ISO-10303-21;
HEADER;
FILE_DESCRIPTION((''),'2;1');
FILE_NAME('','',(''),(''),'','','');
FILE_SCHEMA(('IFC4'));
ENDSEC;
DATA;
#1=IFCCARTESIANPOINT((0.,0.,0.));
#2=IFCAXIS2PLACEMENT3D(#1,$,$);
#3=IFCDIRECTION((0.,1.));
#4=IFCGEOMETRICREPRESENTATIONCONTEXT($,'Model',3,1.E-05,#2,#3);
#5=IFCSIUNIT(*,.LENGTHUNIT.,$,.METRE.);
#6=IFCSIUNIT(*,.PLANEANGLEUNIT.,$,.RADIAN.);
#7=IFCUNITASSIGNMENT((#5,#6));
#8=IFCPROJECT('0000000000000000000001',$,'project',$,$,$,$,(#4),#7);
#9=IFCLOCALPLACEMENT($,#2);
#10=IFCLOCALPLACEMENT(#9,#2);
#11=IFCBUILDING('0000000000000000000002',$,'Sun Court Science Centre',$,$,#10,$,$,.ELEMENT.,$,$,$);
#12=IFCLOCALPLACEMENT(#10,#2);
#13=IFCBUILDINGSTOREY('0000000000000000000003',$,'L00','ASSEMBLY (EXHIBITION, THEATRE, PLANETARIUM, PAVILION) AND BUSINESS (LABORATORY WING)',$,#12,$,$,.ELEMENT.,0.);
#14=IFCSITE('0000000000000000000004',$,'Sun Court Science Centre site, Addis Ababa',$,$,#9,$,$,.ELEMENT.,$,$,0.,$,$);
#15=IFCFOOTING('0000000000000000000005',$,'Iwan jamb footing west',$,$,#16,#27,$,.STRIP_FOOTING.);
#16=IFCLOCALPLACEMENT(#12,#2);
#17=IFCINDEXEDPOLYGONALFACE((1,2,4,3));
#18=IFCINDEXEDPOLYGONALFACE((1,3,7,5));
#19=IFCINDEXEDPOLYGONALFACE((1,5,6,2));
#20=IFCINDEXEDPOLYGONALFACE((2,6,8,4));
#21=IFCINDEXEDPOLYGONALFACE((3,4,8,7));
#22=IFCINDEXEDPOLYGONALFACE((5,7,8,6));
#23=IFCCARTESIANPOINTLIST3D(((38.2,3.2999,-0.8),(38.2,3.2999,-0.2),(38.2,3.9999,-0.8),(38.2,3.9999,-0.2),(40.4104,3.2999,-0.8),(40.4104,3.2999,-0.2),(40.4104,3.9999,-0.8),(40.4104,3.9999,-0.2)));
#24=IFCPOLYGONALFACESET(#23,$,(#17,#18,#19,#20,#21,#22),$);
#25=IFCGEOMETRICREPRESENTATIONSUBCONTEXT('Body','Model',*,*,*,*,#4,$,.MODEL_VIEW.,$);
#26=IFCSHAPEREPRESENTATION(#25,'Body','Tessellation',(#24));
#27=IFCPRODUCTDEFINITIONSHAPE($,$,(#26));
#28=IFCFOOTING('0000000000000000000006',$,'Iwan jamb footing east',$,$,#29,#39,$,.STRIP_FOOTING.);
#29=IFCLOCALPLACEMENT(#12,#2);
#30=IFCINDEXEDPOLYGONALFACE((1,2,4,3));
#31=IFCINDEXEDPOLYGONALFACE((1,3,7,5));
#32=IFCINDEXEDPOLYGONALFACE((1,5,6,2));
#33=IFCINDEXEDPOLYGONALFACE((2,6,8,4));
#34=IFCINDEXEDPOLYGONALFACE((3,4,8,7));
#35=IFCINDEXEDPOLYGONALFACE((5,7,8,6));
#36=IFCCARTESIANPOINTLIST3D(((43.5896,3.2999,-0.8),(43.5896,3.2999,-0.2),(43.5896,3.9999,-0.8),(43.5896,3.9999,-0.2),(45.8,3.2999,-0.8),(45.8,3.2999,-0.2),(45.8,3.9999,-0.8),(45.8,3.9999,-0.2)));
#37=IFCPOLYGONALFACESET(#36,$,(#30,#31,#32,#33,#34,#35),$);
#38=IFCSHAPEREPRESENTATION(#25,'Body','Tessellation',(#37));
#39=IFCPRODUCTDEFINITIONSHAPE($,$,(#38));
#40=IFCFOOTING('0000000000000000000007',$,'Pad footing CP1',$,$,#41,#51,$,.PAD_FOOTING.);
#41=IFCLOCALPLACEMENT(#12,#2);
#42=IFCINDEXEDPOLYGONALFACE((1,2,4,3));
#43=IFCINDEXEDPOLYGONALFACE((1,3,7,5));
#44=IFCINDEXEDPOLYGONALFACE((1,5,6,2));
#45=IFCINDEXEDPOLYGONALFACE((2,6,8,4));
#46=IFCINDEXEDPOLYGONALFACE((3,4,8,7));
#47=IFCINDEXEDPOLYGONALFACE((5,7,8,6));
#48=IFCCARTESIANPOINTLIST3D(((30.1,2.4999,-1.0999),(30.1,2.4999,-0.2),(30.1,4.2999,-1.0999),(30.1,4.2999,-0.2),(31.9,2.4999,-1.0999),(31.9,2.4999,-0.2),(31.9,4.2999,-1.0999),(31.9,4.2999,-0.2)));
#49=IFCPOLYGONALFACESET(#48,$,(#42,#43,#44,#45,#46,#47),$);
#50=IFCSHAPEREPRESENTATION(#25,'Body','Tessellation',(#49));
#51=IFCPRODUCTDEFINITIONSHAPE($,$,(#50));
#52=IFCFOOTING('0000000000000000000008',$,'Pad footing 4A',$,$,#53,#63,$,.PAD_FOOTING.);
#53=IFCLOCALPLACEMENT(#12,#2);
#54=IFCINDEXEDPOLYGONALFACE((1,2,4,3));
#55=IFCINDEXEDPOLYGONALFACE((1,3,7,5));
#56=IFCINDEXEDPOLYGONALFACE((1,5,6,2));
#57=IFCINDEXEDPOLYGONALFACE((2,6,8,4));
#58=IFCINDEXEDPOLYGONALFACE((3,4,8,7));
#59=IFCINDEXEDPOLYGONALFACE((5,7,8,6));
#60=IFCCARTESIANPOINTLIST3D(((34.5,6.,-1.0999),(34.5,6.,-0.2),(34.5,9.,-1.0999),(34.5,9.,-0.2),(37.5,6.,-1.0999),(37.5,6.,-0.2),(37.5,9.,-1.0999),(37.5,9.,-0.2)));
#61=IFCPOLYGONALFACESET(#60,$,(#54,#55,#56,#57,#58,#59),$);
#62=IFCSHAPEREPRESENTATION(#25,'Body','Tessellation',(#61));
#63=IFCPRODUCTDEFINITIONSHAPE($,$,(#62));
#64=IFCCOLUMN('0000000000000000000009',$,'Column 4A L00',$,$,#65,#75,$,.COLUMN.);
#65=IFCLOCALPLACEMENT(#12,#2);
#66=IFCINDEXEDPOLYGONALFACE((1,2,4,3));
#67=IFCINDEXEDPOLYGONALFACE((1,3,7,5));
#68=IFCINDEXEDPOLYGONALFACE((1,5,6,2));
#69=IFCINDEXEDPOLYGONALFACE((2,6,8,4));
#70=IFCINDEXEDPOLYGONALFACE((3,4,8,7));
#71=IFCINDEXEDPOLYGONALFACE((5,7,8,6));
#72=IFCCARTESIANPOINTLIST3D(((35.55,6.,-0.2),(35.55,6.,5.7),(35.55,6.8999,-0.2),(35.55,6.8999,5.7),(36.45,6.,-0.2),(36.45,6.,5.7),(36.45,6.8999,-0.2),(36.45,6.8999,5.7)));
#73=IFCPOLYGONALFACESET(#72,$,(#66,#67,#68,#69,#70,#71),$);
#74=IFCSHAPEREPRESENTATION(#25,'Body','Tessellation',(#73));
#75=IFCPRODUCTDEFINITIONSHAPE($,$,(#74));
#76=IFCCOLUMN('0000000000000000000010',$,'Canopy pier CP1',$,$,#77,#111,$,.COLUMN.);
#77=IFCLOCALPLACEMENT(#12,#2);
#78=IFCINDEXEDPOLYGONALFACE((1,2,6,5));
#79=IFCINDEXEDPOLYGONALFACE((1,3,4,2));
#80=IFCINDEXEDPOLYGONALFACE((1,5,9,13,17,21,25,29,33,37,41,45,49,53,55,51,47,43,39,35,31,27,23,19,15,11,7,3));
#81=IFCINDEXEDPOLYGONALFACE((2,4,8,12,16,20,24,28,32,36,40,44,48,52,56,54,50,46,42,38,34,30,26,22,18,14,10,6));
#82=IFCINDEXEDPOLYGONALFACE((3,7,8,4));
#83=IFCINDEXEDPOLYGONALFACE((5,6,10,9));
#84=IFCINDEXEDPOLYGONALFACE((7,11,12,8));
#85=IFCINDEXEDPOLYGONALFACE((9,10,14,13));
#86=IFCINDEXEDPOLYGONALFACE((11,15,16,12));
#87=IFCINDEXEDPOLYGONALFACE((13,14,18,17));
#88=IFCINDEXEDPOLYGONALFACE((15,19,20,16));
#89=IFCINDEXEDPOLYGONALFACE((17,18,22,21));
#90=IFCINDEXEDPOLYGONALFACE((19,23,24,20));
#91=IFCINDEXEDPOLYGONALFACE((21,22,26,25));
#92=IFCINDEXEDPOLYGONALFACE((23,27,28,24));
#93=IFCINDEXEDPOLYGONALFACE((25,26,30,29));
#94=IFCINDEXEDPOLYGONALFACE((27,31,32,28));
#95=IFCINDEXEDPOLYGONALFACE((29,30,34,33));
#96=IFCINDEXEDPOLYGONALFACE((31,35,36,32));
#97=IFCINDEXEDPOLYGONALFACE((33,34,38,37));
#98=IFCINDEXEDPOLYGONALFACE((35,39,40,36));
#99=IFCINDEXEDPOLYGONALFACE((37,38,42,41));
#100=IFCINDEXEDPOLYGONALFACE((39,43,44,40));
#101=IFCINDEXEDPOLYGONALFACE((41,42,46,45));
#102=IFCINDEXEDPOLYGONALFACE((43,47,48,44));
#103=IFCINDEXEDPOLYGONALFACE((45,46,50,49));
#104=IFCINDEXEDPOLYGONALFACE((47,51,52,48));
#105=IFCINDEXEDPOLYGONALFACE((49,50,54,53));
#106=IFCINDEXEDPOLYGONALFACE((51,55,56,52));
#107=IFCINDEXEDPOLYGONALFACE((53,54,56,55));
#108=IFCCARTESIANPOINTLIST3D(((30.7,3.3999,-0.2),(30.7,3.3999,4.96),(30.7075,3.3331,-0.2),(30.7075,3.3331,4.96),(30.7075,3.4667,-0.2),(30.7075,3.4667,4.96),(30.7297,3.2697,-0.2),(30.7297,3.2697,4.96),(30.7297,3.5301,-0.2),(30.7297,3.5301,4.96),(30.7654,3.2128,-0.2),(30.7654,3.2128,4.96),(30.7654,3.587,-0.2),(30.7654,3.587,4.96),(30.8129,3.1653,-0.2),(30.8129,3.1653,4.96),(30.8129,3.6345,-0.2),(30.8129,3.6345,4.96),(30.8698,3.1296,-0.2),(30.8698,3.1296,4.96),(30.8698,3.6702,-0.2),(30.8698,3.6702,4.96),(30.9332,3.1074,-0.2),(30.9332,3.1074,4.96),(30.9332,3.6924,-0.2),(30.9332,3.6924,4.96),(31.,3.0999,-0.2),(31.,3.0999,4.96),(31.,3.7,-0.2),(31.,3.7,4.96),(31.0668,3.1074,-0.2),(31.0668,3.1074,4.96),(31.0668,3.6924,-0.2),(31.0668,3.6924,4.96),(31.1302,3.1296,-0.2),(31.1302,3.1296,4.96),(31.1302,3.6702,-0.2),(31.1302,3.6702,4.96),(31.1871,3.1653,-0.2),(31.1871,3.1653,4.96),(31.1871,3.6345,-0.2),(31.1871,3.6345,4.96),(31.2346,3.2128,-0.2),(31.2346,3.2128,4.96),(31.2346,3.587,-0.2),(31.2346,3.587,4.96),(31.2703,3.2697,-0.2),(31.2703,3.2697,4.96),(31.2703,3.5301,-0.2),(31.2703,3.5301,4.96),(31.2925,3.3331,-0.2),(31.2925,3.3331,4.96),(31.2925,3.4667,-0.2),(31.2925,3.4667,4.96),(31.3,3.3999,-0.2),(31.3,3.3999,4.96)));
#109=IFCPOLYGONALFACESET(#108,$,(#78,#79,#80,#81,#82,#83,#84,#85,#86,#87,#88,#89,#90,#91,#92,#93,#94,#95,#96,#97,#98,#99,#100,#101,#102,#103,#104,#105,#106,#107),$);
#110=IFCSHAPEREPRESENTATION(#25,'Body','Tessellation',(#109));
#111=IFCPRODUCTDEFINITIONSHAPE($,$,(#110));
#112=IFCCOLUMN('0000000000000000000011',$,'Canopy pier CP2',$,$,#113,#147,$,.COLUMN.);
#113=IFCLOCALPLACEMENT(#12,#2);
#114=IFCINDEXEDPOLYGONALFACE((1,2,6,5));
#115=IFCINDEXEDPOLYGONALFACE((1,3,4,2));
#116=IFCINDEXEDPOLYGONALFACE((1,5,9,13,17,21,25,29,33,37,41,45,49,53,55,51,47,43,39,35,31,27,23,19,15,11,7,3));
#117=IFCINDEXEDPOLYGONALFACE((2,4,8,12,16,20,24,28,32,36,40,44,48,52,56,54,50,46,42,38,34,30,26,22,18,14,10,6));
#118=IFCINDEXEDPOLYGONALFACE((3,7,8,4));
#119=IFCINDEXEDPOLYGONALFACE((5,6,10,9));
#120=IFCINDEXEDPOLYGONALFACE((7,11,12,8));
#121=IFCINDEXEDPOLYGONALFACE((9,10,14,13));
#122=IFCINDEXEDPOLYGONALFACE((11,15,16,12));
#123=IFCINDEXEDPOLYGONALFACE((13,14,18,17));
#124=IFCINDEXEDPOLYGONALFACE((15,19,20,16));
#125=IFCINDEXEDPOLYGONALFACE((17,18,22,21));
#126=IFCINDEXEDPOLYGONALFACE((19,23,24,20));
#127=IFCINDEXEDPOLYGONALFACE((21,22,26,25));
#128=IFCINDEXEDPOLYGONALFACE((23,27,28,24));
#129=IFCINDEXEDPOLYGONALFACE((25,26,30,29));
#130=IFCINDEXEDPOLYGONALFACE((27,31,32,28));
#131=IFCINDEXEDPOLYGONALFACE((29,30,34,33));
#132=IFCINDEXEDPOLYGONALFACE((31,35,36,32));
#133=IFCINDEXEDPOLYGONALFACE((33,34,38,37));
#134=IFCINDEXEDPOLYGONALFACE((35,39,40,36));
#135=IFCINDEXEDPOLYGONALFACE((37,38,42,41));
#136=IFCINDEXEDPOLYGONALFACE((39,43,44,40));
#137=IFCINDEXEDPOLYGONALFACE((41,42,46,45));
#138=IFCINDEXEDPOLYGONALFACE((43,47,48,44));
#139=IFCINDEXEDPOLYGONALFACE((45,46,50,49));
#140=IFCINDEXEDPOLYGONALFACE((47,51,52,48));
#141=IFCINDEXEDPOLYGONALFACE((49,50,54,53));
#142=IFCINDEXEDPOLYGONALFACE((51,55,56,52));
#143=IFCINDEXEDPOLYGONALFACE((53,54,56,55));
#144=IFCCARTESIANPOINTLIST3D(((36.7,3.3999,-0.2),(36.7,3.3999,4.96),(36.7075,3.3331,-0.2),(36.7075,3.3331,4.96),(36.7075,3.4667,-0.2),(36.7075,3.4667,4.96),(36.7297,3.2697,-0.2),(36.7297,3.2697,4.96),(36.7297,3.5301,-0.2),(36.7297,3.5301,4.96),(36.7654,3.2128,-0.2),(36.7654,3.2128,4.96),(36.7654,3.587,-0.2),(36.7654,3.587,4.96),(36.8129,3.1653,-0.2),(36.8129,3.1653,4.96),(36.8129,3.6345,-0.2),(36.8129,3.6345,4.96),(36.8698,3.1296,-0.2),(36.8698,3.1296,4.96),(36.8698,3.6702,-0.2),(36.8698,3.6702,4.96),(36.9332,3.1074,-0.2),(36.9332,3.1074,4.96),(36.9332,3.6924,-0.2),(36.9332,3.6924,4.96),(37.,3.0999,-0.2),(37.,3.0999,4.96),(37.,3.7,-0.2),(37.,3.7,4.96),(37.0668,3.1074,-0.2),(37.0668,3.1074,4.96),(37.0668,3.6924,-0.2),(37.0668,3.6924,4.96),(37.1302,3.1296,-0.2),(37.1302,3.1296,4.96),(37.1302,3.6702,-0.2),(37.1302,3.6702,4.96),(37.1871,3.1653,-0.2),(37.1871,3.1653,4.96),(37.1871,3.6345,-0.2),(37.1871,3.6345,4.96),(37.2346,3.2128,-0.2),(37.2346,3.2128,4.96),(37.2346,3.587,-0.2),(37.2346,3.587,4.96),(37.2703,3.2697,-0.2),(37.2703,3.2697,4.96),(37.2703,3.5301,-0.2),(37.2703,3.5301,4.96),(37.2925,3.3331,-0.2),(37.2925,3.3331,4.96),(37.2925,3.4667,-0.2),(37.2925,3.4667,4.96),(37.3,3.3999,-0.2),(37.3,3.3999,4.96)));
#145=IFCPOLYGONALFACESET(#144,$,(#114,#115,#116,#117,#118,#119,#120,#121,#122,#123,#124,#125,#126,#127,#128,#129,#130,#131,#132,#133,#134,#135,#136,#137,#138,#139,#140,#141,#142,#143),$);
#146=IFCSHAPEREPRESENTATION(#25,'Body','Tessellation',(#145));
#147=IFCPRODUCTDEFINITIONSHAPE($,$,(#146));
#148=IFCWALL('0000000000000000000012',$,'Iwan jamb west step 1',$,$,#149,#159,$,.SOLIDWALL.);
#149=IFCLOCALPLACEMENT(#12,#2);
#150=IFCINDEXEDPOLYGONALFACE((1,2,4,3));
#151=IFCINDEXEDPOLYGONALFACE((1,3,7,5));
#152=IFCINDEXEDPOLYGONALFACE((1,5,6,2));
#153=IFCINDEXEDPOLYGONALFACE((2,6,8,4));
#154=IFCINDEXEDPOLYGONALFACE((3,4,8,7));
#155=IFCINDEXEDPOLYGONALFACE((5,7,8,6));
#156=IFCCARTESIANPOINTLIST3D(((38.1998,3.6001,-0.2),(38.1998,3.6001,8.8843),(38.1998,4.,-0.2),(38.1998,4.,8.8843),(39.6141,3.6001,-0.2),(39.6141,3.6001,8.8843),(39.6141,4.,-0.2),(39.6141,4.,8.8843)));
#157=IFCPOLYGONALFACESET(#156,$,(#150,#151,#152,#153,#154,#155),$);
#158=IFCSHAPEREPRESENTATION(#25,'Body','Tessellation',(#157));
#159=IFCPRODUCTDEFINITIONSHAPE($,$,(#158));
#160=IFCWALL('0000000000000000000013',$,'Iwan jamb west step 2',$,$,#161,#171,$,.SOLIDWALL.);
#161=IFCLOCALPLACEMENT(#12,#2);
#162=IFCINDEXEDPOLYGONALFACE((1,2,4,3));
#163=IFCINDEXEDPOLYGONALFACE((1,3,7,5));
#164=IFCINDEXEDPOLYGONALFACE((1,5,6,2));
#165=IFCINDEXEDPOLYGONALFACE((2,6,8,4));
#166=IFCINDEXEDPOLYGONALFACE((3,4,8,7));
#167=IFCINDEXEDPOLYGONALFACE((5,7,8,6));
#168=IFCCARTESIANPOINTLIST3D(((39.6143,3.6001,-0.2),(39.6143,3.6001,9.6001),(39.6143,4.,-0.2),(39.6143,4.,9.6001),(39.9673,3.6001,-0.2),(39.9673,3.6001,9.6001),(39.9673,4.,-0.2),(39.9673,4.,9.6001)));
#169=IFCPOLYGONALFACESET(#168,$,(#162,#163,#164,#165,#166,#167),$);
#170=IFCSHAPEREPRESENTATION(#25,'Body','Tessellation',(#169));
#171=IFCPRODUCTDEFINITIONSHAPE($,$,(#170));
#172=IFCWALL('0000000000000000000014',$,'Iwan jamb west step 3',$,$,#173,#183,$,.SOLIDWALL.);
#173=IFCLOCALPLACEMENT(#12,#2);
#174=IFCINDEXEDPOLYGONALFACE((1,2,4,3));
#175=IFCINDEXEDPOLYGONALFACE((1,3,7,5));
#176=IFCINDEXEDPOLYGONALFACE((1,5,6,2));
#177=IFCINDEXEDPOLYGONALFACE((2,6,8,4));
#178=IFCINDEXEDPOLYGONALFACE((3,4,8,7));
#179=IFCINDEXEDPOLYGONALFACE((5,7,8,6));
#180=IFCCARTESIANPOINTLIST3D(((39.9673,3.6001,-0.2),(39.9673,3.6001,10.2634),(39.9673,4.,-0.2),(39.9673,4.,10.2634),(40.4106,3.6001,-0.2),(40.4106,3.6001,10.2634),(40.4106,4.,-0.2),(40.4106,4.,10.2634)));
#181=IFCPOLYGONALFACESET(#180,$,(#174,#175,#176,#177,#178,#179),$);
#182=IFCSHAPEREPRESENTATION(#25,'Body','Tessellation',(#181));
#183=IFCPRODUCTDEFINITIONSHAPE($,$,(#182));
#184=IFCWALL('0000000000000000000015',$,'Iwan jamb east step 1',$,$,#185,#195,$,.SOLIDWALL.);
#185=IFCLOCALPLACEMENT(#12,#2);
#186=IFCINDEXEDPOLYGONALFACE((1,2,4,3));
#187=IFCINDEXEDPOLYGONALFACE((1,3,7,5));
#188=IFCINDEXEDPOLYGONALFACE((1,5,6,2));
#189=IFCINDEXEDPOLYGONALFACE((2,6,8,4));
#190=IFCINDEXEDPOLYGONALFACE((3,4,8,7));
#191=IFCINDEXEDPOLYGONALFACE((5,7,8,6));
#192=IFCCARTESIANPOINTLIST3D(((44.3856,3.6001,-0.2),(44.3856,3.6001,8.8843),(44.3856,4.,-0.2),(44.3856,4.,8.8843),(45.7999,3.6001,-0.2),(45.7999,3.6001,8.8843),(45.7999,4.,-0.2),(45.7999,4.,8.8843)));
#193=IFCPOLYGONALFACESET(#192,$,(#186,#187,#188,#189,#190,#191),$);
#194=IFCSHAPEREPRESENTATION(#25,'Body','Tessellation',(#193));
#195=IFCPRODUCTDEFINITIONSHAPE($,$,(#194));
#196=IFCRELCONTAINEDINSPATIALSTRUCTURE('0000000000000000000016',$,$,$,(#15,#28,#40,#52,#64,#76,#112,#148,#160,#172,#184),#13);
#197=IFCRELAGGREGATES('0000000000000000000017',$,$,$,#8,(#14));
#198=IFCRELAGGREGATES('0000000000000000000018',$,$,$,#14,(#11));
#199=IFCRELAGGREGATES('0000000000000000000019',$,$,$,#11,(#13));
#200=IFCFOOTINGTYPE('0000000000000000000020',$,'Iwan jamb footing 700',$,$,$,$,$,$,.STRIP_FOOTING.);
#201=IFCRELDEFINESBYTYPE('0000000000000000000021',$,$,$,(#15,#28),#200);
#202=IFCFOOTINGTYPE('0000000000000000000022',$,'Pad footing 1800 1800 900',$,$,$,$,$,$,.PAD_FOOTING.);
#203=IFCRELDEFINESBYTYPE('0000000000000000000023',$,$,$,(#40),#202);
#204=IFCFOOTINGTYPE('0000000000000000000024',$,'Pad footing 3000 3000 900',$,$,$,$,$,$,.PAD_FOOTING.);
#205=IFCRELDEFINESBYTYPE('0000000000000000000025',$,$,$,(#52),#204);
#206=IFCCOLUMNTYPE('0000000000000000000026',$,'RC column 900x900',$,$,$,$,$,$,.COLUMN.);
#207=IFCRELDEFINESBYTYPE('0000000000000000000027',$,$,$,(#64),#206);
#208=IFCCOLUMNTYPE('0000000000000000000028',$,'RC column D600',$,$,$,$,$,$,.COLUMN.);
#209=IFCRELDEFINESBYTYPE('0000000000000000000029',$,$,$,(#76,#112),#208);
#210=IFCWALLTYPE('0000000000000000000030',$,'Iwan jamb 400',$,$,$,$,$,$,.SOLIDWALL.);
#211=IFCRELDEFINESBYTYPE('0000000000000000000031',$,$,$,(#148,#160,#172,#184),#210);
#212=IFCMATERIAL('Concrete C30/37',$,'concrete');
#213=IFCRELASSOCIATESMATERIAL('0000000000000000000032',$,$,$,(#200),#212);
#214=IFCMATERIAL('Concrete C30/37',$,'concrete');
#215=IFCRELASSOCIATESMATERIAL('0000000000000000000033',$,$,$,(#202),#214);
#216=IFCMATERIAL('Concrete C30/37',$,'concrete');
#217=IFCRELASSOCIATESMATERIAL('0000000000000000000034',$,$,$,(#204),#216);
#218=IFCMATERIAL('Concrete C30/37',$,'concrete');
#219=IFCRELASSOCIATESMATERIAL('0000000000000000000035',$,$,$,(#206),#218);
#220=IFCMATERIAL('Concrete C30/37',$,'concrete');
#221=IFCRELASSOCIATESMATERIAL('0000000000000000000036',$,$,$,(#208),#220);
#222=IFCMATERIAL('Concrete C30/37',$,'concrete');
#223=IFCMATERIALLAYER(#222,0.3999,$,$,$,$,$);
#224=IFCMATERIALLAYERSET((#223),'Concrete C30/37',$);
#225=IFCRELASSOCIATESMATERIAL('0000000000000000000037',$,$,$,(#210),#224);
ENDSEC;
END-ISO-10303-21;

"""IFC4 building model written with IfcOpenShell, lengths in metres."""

from ifc_helpers import new_model, si_unit, direction, frame, frame_2d, origin, origin_2d, place, context, subcontext, project, spatial, rectangle, circle, extrude, material, layer, layer_set, material_profile, profile_set, type_object, element, save


model = new_model("IFC4")

# Units and contexts
model_context = context("Model", 3, precision=1e-05, world=origin(), true_north=direction((0.0, 1.0)))
body_context = subcontext(model_context, "Body", "Model", "MODEL_VIEW")
ifc_project = project(units=[si_unit("LENGTHUNIT", "METRE"), si_unit("PLANEANGLEUNIT", "RADIAN")], contexts=[model_context])

# Site, building, storey
site_placement = place(None, origin())
site = spatial("IfcSite", under=ifc_project, at=site_placement, Name="Sun Court Science Centre site, Addis Ababa", CompositionType="ELEMENT", RefElevation=0.0)
building_placement = place(site_placement, origin())
building = spatial("IfcBuilding", under=site, at=building_placement, Name="Sun Court Science Centre", CompositionType="ELEMENT")
storey_placement = place(building_placement, origin())
storey = spatial("IfcBuildingStorey", under=building, at=storey_placement, Name="L00", Description="ASSEMBLY (EXHIBITION, THEATRE, PLANETARIUM, PAVILION) AND BUSINESS (LABORATORY WING)", CompositionType="ELEMENT", Elevation=0.0)

# Footings
ifc_material_1 = material(Name="Concrete C30/37", Category="concrete")
footing_type_1 = type_object("IfcFootingType", Name="Iwan jamb footing 700", PredefinedType="STRIP_FOOTING", material=ifc_material_1)
for number, where, z_axis, x_axis, name in (
    (1, (39.3052, 3.6499, -0.8), (0.0, 0.0, 1.0), (1.0, 0.0, 0.0), "Iwan jamb footing west"),
    (2, (44.6948, 3.6499, -0.8), (0.0, 0.0, 1.0), (1.0, 0.0, 0.0), "Iwan jamb footing east"),
):
    element("IfcFooting", number, at=place(storey_placement, frame(where, z_axis=z_axis, x_axis=x_axis)), inside=storey, type_object=footing_type_1, Name=name, PredefinedType="STRIP_FOOTING", context=body_context, shape_type="SweptSolid", body=[
        extrude(rectangle(XDim=2.2104, YDim=0.7, at=origin_2d()), origin(), (0.0, 0.0, 1.0), 0.6001),
    ])
ifc_material_2 = material(Name="Concrete C30/37", Category="concrete")
footing_type_2 = type_object("IfcFootingType", Name="Pad footing 1800 1800 900", PredefinedType="PAD_FOOTING", material=ifc_material_2)
footing_1_placement = place(storey_placement, frame((31.0, 3.3999, -1.0999), z_axis=(0.0, 0.0, 1.0), x_axis=(1.0, 0.0, 0.0)))
element("IfcFooting", 3, at=footing_1_placement, inside=storey, type_object=footing_type_2, Name="Pad footing CP1", PredefinedType="PAD_FOOTING", context=body_context, shape_type="SweptSolid", body=[
    extrude(rectangle(XDim=1.8, YDim=1.8, at=origin_2d()), origin(), (0.0, 0.0, 1.0), 0.8999),
])
ifc_material_3 = material(Name="Concrete C30/37", Category="concrete")
footing_type_3 = type_object("IfcFootingType", Name="Pad footing 3000 3000 900", PredefinedType="PAD_FOOTING", material=ifc_material_3)
footing_2_placement = place(storey_placement, frame((36.0, 7.5, -1.0999), z_axis=(0.0, 0.0, 1.0), x_axis=(1.0, 0.0, 0.0)))
element("IfcFooting", 4, at=footing_2_placement, inside=storey, type_object=footing_type_3, Name="Pad footing 4A", PredefinedType="PAD_FOOTING", context=body_context, shape_type="SweptSolid", body=[
    extrude(rectangle(XDim=3.0, YDim=3.0, at=origin_2d()), origin(), (0.0, 0.0, 1.0), 0.8999),
])

# Columns
ifc_material_4 = material(Name="Concrete C30/37", Category="concrete")
ifc_material_profile_1 = material_profile(ifc_material_4, rectangle(XDim=0.8999, YDim=0.8999, at=origin_2d()), Name="RC 900x900")
ifc_profile_set_1 = profile_set([ifc_material_profile_1], Name="Concrete C30/37")
column_type_1 = type_object("IfcColumnType", Name="RC column 900x900", PredefinedType="COLUMN", material=ifc_profile_set_1)
column_placement = place(storey_placement, frame((36.0, 6.45, -0.2), z_axis=(0.0, 0.0, 1.0), x_axis=(1.0, 0.0, 0.0)))
element("IfcColumn", 5, at=column_placement, inside=storey, type_object=column_type_1, Name="Column 4A L00", PredefinedType="COLUMN", context=body_context, shape_type="SweptSolid", body=[
    extrude(rectangle(XDim=0.8999, YDim=0.8999, at=origin_2d()), origin(), (0.0, 0.0, 1.0), 5.8999),
])
ifc_material_5 = material(Name="Concrete C30/37", Category="concrete")
ifc_material_profile_2 = material_profile(ifc_material_5, circle(Radius=0.3, at=origin_2d()), Name="RC D600")
ifc_profile_set_2 = profile_set([ifc_material_profile_2], Name="Concrete C30/37")
column_type_2 = type_object("IfcColumnType", Name="RC column D600", PredefinedType="COLUMN", material=ifc_profile_set_2)
for number, where, z_axis, x_axis, name in (
    (6, (31.0, 3.3999, -0.2), (0.0, 0.0, 1.0), (1.0, 0.0, 0.0), "Canopy pier CP1"),
    (7, (37.0, 3.3999, -0.2), (0.0, 0.0, 1.0), (1.0, 0.0, 0.0), "Canopy pier CP2"),
):
    element("IfcColumn", number, at=place(storey_placement, frame(where, z_axis=z_axis, x_axis=x_axis)), inside=storey, type_object=column_type_2, Name=name, PredefinedType="COLUMN", context=body_context, shape_type="SweptSolid", body=[
        extrude(circle(Radius=0.3, at=origin_2d()), origin(), (0.0, 0.0, 1.0), 5.1599),
    ])

# Walls
ifc_material_6 = material(Name="Concrete C30/37", Category="concrete")
ifc_layer_1 = layer(ifc_material_6, 0.3999)
ifc_layer_set_1 = layer_set([ifc_layer_1], Name="Concrete C30/37")
wall_type_1 = type_object("IfcWallType", Name="Iwan jamb 400", PredefinedType="SOLIDWALL", material=ifc_layer_set_1)
wall_1_placement = place(storey_placement, frame((38.2, 3.8, -0.2), z_axis=(0.0, 0.0, 1.0), x_axis=(1.0, 0.0, 0.0)))
element("IfcWall", 8, at=wall_1_placement, inside=storey, type_object=wall_type_1, Name="Iwan jamb west step 1", PredefinedType="SOLIDWALL", context=body_context, shape_type="SweptSolid", body=[
    extrude(rectangle(XDim=1.4143, YDim=0.3999, at=frame_2d((0.707, 0.0))), origin(), (0.0, 0.0, 1.0), 9.0842),
])
wall_2_placement = place(storey_placement, frame((39.6143, 3.8, -0.2), z_axis=(0.0, 0.0, 1.0), x_axis=(1.0, 0.0, 0.0)))
element("IfcWall", 9, at=wall_2_placement, inside=storey, type_object=wall_type_1, Name="Iwan jamb west step 2", PredefinedType="SOLIDWALL", context=body_context, shape_type="SweptSolid", body=[
    extrude(rectangle(XDim=0.353, YDim=0.3999, at=frame_2d((0.1765, 0.0))), origin(), (0.0, 0.0, 1.0), 9.8),
])
wall_3_placement = place(storey_placement, frame((39.9673, 3.8, -0.2), z_axis=(0.0, 0.0, 1.0), x_axis=(1.0, 0.0, 0.0)))
element("IfcWall", 10, at=wall_3_placement, inside=storey, type_object=wall_type_1, Name="Iwan jamb west step 3", PredefinedType="SOLIDWALL", context=body_context, shape_type="SweptSolid", body=[
    extrude(rectangle(XDim=0.4434, YDim=0.3999, at=frame_2d((0.2217, 0.0))), origin(), (0.0, 0.0, 1.0), 10.4634),
])
wall_4_placement = place(storey_placement, frame((44.3857, 3.8, -0.2), z_axis=(0.0, 0.0, 1.0), x_axis=(1.0, 0.0, 0.0)))
element("IfcWall", 11, at=wall_4_placement, inside=storey, type_object=wall_type_1, Name="Iwan jamb east step 1", PredefinedType="SOLIDWALL", context=body_context, shape_type="SweptSolid", body=[
    extrude(rectangle(XDim=1.4143, YDim=0.3999, at=frame_2d((0.707, 0.0))), origin(), (0.0, 0.0, 1.0), 9.0842),
])

save(model, "model.ifc")
